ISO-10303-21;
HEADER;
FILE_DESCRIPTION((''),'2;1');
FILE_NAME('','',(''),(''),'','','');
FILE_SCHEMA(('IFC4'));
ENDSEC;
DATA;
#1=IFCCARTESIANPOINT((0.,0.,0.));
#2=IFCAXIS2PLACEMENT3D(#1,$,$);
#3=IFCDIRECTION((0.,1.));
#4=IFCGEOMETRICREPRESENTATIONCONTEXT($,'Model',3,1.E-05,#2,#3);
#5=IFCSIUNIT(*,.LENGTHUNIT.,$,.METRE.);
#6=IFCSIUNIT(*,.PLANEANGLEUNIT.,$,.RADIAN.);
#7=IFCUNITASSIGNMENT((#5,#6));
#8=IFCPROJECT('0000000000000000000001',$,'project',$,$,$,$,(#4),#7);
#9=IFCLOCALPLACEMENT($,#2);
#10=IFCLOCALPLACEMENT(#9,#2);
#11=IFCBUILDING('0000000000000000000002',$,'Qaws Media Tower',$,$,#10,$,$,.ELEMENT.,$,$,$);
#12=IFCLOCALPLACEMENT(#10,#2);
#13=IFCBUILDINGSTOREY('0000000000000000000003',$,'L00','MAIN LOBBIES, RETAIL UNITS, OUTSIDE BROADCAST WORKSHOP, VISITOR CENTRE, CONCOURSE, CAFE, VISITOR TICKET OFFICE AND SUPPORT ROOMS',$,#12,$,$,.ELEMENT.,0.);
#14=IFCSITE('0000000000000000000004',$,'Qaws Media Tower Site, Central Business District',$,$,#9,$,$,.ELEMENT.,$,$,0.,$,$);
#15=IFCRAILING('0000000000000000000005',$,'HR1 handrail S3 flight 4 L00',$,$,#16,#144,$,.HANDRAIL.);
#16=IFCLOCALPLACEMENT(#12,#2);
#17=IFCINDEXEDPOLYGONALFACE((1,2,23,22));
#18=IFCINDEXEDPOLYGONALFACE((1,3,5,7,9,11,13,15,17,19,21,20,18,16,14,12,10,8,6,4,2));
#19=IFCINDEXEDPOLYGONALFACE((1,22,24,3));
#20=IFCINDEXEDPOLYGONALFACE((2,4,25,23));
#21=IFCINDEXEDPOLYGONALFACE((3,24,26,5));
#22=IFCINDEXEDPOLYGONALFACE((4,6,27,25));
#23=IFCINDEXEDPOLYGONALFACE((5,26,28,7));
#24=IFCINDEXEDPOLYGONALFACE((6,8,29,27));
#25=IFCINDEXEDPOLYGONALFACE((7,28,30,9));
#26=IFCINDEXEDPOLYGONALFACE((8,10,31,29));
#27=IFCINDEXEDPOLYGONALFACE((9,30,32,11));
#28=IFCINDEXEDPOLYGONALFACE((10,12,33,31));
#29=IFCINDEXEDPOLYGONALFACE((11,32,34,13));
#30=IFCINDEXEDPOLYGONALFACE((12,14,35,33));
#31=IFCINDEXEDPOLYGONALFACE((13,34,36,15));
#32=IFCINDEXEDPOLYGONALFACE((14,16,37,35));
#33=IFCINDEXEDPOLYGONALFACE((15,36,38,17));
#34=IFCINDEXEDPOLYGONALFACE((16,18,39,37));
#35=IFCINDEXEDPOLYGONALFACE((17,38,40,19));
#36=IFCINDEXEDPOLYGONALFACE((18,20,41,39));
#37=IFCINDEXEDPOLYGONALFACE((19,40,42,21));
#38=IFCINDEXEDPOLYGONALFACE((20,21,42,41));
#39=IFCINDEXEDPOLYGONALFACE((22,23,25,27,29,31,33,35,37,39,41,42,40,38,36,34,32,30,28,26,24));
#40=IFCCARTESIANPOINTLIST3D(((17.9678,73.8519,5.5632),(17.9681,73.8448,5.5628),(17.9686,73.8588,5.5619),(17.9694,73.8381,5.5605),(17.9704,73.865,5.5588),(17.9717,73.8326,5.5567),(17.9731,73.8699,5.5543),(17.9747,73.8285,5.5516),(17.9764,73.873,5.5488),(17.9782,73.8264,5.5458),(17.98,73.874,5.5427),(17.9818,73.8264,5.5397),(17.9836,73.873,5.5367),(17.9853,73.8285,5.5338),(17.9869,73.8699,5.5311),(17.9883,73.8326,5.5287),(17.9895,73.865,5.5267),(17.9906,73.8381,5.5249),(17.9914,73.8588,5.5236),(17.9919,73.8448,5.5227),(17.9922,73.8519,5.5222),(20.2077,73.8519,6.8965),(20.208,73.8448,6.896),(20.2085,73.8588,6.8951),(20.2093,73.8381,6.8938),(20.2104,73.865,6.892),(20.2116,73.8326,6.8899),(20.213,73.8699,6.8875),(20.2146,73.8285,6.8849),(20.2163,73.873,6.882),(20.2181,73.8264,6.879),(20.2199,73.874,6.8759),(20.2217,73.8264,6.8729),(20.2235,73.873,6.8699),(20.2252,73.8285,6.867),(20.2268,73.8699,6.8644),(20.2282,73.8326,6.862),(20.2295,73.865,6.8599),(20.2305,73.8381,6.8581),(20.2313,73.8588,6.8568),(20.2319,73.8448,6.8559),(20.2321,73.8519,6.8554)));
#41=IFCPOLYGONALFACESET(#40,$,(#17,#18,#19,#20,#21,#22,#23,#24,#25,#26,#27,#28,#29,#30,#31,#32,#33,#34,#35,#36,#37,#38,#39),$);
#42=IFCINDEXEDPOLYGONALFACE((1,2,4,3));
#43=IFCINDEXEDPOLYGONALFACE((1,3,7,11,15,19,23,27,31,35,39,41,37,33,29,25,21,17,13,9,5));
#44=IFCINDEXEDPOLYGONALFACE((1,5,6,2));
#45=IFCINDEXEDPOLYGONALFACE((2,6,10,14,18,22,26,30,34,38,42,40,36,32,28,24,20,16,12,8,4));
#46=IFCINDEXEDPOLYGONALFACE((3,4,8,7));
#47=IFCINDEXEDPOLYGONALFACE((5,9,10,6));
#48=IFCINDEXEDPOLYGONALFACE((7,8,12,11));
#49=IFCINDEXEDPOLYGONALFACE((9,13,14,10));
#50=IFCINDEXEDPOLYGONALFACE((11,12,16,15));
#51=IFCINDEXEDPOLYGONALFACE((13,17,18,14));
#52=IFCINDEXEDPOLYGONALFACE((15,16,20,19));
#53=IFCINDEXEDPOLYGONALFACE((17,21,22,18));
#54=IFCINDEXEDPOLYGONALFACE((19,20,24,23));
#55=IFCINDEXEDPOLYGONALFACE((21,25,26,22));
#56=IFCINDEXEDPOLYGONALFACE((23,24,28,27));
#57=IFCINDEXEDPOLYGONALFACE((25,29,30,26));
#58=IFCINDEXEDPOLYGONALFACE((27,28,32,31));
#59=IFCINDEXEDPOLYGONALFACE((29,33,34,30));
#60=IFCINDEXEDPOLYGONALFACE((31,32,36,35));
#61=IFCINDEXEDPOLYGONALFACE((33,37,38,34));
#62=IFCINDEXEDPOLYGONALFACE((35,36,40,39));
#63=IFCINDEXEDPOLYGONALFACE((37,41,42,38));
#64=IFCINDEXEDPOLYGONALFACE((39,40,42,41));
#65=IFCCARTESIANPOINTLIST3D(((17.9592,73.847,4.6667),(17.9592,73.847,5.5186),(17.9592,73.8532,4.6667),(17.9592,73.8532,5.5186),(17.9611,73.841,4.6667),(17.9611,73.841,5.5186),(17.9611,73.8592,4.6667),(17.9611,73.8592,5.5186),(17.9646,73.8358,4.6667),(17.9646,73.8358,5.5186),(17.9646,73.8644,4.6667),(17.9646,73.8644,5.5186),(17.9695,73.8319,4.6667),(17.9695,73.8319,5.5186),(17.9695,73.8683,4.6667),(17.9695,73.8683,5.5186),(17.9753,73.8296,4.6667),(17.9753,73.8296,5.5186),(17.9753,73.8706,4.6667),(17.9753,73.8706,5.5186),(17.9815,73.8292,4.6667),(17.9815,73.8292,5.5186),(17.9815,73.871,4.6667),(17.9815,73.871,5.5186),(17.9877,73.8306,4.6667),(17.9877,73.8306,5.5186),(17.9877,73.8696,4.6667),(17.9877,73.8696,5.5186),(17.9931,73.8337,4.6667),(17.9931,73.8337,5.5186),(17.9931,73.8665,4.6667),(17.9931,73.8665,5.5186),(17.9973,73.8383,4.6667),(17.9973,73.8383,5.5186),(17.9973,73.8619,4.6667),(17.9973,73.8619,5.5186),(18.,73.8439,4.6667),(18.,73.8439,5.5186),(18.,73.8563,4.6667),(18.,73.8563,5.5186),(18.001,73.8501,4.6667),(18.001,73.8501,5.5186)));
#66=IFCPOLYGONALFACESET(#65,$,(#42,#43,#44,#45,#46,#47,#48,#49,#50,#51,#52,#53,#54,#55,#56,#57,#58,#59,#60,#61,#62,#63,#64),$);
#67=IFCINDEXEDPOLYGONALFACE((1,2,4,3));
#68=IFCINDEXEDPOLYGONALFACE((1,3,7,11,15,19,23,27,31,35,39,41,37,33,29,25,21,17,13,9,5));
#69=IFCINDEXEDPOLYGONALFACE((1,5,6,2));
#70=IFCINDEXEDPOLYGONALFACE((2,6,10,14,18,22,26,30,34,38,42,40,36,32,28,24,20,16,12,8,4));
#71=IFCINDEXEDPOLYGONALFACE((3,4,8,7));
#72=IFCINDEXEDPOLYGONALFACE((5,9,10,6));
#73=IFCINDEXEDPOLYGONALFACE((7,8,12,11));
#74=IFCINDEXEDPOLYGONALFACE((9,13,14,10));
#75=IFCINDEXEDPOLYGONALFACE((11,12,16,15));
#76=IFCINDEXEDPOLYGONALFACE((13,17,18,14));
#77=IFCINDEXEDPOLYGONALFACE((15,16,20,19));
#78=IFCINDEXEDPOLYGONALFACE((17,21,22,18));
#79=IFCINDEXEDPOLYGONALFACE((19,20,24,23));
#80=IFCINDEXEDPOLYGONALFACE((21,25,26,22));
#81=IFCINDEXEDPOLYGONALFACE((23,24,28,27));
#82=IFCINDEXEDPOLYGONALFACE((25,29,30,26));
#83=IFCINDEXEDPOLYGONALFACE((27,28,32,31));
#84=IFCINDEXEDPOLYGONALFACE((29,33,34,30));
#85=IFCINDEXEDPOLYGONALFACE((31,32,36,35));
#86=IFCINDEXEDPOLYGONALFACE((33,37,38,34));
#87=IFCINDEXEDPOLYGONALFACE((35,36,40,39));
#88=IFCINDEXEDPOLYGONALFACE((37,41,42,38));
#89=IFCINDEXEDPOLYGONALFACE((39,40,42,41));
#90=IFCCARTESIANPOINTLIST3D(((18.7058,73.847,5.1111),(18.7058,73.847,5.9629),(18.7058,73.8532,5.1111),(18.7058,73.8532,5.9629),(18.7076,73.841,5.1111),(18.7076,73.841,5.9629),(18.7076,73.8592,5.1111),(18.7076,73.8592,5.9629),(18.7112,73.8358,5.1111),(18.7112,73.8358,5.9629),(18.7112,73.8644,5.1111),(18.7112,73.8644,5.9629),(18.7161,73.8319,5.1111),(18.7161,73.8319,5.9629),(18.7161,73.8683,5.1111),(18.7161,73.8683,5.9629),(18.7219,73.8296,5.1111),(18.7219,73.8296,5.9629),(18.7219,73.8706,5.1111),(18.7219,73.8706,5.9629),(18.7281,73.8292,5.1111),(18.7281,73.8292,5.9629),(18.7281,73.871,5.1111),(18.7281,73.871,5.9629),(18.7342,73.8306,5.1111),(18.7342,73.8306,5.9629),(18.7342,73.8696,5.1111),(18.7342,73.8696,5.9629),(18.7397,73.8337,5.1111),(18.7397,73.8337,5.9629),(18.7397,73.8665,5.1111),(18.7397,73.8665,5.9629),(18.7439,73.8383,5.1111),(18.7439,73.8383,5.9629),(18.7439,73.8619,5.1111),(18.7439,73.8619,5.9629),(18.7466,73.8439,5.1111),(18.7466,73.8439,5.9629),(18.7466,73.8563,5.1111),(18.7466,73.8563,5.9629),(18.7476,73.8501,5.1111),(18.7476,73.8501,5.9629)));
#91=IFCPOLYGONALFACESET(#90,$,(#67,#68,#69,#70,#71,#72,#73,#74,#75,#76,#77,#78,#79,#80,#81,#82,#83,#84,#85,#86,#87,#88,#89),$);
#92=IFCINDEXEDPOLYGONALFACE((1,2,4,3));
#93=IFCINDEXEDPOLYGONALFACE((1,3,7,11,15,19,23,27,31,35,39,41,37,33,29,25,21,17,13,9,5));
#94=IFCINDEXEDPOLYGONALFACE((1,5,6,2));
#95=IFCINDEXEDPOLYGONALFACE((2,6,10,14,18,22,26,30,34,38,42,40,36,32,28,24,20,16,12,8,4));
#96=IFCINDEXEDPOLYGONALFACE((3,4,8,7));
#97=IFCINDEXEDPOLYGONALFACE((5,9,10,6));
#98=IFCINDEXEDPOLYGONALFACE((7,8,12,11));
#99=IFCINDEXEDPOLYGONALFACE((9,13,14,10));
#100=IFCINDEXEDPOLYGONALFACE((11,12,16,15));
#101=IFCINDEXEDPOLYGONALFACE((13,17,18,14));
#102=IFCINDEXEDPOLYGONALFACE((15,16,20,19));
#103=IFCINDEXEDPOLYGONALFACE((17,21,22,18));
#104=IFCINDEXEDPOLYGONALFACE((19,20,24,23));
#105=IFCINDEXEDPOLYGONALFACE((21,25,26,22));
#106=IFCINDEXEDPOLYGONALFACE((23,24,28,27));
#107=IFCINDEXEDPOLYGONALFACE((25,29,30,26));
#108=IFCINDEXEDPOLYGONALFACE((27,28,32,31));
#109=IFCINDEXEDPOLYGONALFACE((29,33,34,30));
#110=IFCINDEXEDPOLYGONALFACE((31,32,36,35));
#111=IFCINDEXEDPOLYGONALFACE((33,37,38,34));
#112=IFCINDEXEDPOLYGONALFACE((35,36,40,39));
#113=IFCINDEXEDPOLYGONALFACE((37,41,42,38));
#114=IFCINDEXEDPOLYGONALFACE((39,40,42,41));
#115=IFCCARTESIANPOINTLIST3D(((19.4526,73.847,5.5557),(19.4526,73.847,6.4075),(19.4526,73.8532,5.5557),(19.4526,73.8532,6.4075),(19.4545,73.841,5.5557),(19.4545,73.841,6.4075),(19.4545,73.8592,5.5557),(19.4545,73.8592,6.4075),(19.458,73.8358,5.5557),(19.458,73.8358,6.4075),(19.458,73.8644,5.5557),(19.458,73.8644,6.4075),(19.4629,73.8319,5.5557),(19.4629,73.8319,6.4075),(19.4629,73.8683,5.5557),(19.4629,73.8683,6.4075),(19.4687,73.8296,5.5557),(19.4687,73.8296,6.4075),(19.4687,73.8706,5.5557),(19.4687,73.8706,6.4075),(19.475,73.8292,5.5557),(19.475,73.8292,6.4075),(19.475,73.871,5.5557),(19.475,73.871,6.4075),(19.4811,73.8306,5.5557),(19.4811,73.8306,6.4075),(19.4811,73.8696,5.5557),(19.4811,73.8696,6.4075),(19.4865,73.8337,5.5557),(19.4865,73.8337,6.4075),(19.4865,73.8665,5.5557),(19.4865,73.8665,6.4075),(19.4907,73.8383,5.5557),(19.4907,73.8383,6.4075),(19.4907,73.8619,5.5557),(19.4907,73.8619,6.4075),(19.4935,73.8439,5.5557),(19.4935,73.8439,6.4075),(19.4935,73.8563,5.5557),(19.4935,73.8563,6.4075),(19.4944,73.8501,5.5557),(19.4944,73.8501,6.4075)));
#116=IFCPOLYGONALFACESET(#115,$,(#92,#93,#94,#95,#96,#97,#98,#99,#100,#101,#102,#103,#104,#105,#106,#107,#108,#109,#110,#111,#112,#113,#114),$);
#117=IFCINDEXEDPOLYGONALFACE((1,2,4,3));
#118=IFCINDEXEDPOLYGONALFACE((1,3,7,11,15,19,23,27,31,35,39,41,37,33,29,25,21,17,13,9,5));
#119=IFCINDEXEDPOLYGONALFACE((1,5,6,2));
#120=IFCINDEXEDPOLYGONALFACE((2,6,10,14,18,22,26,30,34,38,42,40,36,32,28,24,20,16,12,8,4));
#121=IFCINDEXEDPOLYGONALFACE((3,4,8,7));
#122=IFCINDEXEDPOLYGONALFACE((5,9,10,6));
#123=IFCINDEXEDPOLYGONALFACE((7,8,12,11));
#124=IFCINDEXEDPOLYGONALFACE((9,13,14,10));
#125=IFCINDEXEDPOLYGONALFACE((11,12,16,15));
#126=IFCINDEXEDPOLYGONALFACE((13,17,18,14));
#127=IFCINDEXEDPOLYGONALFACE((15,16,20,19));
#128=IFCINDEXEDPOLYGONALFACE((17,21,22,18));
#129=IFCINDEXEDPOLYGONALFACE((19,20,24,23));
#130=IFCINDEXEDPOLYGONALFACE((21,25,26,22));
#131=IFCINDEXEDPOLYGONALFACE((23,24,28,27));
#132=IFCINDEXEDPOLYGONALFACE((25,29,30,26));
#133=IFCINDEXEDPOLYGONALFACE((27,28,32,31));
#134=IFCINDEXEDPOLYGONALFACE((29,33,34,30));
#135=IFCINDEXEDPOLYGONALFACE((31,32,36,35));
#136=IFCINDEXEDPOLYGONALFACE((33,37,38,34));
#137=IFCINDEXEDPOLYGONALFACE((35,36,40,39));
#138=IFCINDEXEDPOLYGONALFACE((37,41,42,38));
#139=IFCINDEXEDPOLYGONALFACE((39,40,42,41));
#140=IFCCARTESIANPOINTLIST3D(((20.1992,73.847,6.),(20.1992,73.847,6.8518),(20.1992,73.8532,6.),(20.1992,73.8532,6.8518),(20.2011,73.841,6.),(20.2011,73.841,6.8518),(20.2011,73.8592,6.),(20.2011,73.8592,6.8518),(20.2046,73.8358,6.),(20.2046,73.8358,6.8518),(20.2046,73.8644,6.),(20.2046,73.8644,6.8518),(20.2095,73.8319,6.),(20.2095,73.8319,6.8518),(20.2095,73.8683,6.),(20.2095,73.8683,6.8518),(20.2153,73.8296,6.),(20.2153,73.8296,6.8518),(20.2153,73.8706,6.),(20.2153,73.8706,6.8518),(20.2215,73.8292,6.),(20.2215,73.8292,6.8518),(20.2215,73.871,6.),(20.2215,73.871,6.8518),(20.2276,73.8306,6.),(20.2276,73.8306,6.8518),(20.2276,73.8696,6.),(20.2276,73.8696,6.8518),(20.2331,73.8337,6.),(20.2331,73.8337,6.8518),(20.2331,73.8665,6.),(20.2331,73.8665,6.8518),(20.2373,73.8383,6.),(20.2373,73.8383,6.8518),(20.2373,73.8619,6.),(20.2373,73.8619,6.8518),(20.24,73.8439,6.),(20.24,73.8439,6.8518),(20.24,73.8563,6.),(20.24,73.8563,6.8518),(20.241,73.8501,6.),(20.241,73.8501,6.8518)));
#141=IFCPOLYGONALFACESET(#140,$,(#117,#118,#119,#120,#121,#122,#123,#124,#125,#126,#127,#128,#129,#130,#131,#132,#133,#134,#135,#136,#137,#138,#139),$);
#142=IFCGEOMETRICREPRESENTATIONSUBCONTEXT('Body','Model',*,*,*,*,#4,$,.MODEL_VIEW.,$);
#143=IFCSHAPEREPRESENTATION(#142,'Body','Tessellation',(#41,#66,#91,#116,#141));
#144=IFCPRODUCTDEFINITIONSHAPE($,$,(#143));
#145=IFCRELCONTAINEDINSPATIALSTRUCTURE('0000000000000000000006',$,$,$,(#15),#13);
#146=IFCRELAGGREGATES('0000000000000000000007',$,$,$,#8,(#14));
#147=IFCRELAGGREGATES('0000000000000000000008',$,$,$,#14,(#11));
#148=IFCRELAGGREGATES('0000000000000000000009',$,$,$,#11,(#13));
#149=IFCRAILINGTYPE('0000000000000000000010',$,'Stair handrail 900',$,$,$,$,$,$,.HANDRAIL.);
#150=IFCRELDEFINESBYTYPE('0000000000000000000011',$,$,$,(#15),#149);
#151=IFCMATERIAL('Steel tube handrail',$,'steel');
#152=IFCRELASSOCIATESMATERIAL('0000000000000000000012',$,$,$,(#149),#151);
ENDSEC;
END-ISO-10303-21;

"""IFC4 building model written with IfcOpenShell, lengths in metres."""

from ifc_helpers import new_model, si_unit, direction, frame, origin, origin_2d, place, context, subcontext, project, spatial, circle, extrude, material, type_object, element, save


model = new_model("IFC4")

# Units and contexts
model_context = context("Model", 3, precision=1e-05, world=origin(), true_north=direction((0.0, 1.0)))
body_context = subcontext(model_context, "Body", "Model", "MODEL_VIEW")
ifc_project = project(units=[si_unit("LENGTHUNIT", "METRE"), si_unit("PLANEANGLEUNIT", "RADIAN")], contexts=[model_context])

# Site, building, storey
site_placement = place(None, origin())
site = spatial("IfcSite", under=ifc_project, at=site_placement, Name="Qaws Media Tower Site, Central Business District", CompositionType="ELEMENT", RefElevation=0.0)
building_placement = place(site_placement, origin())
building = spatial("IfcBuilding", under=site, at=building_placement, Name="Qaws Media Tower", CompositionType="ELEMENT")
storey_placement = place(building_placement, origin())
storey = spatial("IfcBuildingStorey", under=building, at=storey_placement, Name="L00", Description="MAIN LOBBIES, RETAIL UNITS, OUTSIDE BROADCAST WORKSHOP, VISITOR CENTRE, CONCOURSE, CAFE, VISITOR TICKET OFFICE AND SUPPORT ROOMS", CompositionType="ELEMENT", Elevation=0.0)

# Railing
ifc_material_1 = material(Name="Steel tube handrail", Category="steel")
railing_type = type_object("IfcRailingType", Name="Stair handrail 900", PredefinedType="HANDRAIL", material=ifc_material_1)
for number, where, name in (
    (1, (17.98, 73.8501, 4.6667), "HR1 handrail S3 flight 4 L00"),
):
    element("IfcRailing", number, at=place(storey_placement, frame(where)), inside=storey, type_object=railing_type, Name=name, PredefinedType="HANDRAIL", context=body_context, shape_type="SweptSolid", body=[
        extrude(circle(Radius=0.0239, at=origin_2d()), frame((0.0, 0.0, 0.876), z_axis=(0.859306, 0.0, 0.511462), x_axis=(0.0, 1.0, 0.0)), (0.0, 0.0, 1.0), 2.6067),
        extrude(circle(Radius=0.021, at=origin_2d()), origin(), (0.0, 0.0, 1.0), 0.8518),
        extrude(circle(Radius=0.021, at=origin_2d()), frame((0.7466, 0.0, 0.4443)), (0.0, 0.0, 1.0), 0.8518),
        extrude(circle(Radius=0.021, at=origin_2d()), frame((1.4934, 0.0, 0.8889)), (0.0, 0.0, 1.0), 0.8518),
        extrude(circle(Radius=0.021, at=origin_2d()), frame((2.24, 0.0, 1.3333)), (0.0, 0.0, 1.0), 0.8518),
    ])

save(model, "model.ifc")
